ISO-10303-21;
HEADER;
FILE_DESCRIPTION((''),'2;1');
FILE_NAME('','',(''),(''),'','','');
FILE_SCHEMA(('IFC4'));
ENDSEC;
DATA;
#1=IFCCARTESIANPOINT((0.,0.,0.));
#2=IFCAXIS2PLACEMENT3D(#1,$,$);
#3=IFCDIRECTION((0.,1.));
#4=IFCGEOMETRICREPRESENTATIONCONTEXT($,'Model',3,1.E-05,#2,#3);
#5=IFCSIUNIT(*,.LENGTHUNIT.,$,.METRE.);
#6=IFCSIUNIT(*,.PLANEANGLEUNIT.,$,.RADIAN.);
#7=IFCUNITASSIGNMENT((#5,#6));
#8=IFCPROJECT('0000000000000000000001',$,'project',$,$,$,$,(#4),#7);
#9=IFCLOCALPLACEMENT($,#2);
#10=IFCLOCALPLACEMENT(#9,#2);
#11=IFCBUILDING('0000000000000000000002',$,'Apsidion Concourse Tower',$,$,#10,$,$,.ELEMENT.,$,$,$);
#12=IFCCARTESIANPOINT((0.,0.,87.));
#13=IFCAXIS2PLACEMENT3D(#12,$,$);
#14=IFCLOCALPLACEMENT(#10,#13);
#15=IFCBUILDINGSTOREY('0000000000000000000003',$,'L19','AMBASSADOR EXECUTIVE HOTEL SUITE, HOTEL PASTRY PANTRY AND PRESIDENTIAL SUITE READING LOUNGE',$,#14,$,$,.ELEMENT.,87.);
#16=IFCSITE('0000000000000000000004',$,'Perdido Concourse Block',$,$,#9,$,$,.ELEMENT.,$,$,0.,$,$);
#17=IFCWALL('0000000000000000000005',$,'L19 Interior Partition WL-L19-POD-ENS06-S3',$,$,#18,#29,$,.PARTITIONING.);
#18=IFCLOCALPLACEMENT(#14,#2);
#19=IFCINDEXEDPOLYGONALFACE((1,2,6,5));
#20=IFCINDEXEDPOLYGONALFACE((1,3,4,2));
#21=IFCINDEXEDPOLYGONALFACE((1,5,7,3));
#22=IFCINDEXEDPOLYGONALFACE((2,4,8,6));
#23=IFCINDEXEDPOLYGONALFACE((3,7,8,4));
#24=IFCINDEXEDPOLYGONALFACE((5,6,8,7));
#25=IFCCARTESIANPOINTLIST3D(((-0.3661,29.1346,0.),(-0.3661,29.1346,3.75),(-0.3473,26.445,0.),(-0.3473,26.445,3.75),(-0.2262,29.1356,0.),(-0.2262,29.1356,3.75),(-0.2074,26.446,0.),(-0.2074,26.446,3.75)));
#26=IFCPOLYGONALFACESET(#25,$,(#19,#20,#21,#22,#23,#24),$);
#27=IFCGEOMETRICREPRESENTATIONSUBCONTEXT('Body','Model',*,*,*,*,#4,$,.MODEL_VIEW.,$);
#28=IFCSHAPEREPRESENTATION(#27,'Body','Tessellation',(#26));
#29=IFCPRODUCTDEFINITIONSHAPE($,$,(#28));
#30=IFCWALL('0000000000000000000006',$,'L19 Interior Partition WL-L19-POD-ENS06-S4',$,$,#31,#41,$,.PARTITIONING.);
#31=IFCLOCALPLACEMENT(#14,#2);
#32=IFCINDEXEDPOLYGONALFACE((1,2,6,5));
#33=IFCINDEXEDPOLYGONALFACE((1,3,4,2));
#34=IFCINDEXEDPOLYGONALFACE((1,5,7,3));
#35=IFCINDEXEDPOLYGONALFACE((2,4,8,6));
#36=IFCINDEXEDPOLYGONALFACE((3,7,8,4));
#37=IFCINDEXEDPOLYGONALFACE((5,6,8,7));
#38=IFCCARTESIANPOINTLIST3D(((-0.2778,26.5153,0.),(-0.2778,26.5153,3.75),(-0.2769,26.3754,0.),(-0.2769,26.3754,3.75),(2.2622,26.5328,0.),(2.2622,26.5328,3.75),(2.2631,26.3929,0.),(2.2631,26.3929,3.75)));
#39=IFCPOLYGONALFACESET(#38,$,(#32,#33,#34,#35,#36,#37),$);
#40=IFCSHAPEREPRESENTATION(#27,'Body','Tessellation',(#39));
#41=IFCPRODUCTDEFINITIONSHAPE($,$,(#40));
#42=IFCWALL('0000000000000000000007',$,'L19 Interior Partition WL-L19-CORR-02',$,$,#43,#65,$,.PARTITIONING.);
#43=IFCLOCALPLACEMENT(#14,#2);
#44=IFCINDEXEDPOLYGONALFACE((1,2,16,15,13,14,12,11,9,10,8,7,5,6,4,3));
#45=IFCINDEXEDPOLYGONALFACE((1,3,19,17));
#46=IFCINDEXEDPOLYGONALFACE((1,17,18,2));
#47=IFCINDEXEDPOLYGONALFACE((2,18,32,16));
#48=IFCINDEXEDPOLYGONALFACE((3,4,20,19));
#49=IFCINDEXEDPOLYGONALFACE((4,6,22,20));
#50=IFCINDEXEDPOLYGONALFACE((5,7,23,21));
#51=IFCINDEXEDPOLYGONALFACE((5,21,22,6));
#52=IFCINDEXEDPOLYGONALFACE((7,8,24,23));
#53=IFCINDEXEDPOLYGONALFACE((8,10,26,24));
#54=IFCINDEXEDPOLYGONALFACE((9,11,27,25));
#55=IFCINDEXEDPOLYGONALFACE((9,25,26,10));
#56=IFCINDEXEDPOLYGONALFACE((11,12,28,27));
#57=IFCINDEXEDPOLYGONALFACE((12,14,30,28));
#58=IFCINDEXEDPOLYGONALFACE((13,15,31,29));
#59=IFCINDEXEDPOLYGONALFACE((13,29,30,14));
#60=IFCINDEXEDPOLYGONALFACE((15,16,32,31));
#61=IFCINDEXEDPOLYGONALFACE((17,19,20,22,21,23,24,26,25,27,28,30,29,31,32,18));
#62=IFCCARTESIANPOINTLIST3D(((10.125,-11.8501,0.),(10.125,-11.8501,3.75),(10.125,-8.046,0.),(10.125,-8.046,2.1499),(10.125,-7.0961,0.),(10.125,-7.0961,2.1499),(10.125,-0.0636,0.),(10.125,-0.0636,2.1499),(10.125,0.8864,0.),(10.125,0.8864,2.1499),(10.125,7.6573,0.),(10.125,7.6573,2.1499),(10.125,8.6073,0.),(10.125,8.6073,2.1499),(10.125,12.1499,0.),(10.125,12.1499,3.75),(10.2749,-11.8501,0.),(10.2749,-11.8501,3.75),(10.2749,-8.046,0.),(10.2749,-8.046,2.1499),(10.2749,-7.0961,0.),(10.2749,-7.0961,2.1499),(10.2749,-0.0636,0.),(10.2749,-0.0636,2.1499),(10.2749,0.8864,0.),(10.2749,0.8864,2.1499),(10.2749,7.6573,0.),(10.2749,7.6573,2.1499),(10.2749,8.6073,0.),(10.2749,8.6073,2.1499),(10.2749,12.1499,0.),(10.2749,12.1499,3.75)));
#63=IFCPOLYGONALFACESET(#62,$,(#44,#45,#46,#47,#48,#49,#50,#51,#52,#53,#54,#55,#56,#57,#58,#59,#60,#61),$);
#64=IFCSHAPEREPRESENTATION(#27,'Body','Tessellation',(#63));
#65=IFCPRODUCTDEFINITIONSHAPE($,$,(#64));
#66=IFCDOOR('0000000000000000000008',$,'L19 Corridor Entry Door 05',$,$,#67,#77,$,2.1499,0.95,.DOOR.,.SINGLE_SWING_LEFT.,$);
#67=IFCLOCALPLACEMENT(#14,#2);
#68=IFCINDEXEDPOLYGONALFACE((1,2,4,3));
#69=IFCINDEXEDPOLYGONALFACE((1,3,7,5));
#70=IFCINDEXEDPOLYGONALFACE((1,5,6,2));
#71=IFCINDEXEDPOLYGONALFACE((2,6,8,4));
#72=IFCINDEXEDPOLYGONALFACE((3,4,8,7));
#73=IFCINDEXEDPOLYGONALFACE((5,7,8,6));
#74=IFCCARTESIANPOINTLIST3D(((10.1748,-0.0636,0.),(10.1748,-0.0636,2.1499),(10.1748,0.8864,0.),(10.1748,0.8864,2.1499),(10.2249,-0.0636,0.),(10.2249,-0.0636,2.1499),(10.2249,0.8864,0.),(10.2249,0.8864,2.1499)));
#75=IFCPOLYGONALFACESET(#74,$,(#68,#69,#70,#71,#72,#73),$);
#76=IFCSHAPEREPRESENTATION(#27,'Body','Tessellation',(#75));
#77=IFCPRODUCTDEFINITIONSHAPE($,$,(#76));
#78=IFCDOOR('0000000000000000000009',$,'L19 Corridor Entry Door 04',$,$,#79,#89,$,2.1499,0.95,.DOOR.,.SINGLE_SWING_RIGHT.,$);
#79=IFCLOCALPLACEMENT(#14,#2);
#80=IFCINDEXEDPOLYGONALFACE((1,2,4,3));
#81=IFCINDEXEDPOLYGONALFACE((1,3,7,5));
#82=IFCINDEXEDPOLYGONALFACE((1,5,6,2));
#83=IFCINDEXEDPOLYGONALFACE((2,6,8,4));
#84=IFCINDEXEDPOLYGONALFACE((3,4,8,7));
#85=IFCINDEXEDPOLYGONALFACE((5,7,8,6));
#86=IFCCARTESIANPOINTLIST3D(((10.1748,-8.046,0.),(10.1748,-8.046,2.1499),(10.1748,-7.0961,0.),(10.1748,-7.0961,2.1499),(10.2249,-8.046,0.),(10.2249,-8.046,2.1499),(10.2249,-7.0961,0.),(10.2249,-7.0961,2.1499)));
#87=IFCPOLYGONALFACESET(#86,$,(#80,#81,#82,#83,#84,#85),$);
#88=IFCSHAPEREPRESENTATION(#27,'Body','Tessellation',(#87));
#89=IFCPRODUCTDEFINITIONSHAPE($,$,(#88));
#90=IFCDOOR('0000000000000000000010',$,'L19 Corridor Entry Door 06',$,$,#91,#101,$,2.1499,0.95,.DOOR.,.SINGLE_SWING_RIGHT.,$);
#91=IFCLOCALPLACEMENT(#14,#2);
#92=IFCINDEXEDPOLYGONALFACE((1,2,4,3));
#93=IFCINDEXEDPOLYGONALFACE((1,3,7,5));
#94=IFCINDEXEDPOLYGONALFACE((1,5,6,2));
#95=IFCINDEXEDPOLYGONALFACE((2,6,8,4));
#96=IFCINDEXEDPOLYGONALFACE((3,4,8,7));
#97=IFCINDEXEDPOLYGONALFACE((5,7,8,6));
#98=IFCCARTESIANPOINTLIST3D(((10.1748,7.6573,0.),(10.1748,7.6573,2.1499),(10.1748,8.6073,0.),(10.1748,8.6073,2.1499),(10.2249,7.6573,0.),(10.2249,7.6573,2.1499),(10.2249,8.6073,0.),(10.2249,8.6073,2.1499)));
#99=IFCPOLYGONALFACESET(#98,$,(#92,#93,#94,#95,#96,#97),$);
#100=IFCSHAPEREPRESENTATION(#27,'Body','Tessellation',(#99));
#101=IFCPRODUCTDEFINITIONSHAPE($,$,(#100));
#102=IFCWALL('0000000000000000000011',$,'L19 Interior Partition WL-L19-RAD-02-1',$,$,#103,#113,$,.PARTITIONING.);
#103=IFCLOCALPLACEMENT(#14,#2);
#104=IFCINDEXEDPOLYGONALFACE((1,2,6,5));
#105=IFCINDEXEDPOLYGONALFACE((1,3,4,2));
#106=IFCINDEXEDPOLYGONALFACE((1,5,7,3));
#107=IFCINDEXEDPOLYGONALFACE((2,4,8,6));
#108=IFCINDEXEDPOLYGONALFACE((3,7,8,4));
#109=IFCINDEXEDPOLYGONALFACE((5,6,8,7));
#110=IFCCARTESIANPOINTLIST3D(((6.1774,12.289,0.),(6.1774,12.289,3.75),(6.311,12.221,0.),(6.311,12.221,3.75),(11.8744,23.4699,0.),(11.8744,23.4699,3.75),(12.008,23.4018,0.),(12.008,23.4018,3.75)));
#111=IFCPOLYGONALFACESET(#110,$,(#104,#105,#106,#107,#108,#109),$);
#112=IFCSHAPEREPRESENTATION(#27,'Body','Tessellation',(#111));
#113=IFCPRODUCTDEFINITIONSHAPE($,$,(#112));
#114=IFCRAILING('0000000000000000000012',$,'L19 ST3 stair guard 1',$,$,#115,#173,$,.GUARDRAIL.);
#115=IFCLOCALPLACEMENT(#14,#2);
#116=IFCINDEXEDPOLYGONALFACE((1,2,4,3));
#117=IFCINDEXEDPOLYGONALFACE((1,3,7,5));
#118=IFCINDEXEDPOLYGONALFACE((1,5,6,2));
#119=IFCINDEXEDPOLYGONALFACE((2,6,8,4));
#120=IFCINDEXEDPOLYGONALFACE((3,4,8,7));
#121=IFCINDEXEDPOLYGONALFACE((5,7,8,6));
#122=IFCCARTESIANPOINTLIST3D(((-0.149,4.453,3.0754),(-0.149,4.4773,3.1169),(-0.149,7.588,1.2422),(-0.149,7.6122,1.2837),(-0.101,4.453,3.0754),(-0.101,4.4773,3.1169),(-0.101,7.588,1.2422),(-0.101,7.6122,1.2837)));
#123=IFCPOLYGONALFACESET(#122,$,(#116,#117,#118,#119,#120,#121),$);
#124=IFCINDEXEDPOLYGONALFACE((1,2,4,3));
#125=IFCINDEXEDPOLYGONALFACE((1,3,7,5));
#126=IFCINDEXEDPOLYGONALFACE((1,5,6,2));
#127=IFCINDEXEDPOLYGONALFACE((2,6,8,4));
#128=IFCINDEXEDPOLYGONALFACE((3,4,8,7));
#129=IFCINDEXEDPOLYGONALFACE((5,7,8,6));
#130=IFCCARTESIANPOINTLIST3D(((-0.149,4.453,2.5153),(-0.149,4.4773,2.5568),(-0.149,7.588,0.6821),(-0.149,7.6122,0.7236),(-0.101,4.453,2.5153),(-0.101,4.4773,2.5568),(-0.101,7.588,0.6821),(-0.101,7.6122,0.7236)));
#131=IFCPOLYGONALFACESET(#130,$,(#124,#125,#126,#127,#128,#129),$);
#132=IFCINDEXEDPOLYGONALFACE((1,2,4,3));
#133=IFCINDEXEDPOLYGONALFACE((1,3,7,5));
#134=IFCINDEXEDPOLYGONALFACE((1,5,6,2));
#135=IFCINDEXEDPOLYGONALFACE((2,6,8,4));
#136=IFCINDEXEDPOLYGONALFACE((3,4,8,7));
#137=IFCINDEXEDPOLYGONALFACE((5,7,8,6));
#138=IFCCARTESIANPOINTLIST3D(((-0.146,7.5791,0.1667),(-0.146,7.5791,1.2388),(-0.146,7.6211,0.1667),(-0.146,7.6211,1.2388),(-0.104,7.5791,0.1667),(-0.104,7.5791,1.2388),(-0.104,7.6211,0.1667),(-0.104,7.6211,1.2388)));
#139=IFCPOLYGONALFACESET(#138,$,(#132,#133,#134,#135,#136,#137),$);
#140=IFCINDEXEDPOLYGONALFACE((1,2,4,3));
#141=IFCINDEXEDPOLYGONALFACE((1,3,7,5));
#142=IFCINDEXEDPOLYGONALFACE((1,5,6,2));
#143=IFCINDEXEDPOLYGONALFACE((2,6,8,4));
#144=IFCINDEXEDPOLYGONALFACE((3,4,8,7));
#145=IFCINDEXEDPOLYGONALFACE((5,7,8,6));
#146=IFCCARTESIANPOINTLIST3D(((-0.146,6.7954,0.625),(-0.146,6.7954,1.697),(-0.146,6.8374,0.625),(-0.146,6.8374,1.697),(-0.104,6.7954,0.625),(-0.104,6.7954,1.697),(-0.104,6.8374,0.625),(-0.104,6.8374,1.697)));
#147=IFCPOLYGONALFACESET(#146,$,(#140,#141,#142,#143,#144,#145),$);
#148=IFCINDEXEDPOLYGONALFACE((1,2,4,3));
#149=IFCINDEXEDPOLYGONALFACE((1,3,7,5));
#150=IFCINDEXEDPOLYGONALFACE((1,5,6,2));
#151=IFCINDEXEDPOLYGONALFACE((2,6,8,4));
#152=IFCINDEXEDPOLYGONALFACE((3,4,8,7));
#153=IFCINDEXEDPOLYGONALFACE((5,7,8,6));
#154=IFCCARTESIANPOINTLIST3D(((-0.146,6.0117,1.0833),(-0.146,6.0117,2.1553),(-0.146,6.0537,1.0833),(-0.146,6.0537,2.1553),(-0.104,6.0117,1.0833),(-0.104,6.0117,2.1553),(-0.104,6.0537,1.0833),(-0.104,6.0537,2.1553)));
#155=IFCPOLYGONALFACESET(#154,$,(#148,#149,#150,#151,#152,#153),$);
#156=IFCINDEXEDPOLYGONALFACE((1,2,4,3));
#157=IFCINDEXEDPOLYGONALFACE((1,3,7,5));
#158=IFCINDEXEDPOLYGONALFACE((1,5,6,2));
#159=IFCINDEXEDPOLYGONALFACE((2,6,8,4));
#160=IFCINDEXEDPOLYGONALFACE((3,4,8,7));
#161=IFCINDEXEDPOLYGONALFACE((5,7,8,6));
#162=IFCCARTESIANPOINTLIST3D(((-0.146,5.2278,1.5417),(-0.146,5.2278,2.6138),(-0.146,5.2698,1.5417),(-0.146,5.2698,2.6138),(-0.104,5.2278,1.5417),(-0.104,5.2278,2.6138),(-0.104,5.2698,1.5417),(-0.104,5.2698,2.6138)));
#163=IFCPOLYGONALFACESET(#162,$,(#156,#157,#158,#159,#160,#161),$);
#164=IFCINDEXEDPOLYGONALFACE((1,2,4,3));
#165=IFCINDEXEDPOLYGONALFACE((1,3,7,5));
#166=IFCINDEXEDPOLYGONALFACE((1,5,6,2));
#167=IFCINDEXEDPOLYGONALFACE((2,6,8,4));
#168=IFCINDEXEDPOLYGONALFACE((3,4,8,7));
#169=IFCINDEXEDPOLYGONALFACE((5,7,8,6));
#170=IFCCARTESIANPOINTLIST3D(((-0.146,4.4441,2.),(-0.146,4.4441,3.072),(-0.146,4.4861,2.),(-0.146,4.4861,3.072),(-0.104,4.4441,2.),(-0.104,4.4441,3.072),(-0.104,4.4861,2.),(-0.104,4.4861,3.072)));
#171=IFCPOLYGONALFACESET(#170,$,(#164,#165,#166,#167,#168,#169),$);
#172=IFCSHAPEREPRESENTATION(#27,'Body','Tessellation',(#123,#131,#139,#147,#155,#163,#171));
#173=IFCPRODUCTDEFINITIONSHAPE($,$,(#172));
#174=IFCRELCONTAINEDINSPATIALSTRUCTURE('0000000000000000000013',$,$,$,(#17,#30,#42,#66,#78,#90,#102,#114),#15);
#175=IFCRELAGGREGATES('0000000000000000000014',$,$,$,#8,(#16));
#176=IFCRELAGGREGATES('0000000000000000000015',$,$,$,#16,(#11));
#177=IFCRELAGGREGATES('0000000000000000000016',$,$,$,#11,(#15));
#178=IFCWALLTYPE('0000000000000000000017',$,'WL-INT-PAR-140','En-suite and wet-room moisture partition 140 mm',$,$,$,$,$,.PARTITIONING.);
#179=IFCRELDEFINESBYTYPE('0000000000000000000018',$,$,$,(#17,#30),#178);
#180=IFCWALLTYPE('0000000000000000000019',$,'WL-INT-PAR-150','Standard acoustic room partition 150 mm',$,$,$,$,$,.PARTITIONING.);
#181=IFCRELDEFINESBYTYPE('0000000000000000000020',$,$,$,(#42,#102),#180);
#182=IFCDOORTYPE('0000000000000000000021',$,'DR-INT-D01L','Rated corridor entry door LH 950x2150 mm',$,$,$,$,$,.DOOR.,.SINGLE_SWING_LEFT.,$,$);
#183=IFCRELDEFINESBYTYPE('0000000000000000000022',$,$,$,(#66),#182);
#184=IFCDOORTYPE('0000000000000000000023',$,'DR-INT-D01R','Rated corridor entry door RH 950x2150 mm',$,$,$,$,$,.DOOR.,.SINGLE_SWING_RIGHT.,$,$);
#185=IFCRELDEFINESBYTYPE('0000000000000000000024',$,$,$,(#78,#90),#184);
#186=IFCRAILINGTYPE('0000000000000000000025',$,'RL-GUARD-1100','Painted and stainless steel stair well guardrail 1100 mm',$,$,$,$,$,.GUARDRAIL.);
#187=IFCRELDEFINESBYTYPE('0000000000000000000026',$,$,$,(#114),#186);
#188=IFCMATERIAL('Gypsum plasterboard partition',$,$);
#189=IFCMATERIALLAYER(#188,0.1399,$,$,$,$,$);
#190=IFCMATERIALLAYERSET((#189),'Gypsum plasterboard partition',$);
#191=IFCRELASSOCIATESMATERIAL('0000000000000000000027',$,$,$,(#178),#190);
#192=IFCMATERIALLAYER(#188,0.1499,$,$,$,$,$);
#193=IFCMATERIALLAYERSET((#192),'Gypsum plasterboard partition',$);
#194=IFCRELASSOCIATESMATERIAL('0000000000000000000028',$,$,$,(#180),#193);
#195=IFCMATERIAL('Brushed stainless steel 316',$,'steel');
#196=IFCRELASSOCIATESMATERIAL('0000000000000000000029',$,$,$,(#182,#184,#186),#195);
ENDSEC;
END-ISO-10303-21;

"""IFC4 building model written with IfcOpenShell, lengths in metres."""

from ifc_helpers import new_model, si_unit, direction, frame, frame_2d, origin, origin_2d, place, context, subcontext, project, spatial, rectangle, extrude, material, layer, layer_set, type_object, element, fill, save


model = new_model("IFC4")

# Units and contexts
model_context = context("Model", 3, precision=1e-05, world=origin(), true_north=direction((0.0, 1.0)))
body_context = subcontext(model_context, "Body", "Model", "MODEL_VIEW")
ifc_project = project(units=[si_unit("LENGTHUNIT", "METRE"), si_unit("PLANEANGLEUNIT", "RADIAN")], contexts=[model_context])

# Site, building, storey
site_placement = place(None, origin())
site = spatial("IfcSite", under=ifc_project, at=site_placement, Name="Perdido Concourse Block", CompositionType="ELEMENT", RefElevation=0.0)
building_placement = place(site_placement, origin())
building = spatial("IfcBuilding", under=site, at=building_placement, Name="Apsidion Concourse Tower", CompositionType="ELEMENT")
storey_placement = place(building_placement, frame((0.0, 0.0, 87.0)))
storey = spatial("IfcBuildingStorey", under=building, at=storey_placement, Name="L19", Description="AMBASSADOR EXECUTIVE HOTEL SUITE, HOTEL PASTRY PANTRY AND PRESIDENTIAL SUITE READING LOUNGE", CompositionType="ELEMENT", Elevation=87.0)

# Shared definitions
ifc_material_1 = material(Name="Gypsum plasterboard partition")
ifc_layer_1 = layer(ifc_material_1, 0.1399)
ifc_layer_set_1 = layer_set([ifc_layer_1], Name="Gypsum plasterboard partition")
wall_type_1 = type_object("IfcWallType", Name="WL-INT-PAR-140", Description="En-suite and wet-room moisture partition 140 mm", PredefinedType="PARTITIONING", material=ifc_layer_set_1)

# Walls
wall_1_placement = place(storey_placement, frame((-0.2961, 29.135, 0.0), z_axis=(0.0, 0.0, 1.0), x_axis=(0.006989, -0.999976, 0.0)))
element("IfcWall", 1, at=wall_1_placement, inside=storey, type_object=wall_type_1, Name="L19 Interior Partition WL-L19-POD-ENS06-S3", PredefinedType="PARTITIONING", context=body_context, shape_type="SweptSolid", body=[
    extrude(rectangle(XDim=2.6897, YDim=0.1399, at=frame_2d((1.3447, 0.0))), origin(), (0.0, 0.0, 1.0), 3.75),
])
wall_2_placement = place(storey_placement, frame((-0.2773, 26.4453, 0.0), z_axis=(0.0, 0.0, 1.0), x_axis=(0.999976, 0.00692, 0.0)))
element("IfcWall", 2, at=wall_2_placement, inside=storey, type_object=wall_type_1, Name="L19 Interior Partition WL-L19-POD-ENS06-S4", PredefinedType="PARTITIONING", context=body_context, shape_type="SweptSolid", body=[
    extrude(rectangle(XDim=2.54, YDim=0.1399, at=frame_2d((1.27, 0.0))), origin(), (0.0, 0.0, 1.0), 3.75),
])

# Wall, openings, doors
ifc_layer_2 = layer(ifc_material_1, 0.1499)
ifc_layer_set_2 = layer_set([ifc_layer_2], Name="Gypsum plasterboard partition")
wall_type_2 = type_object("IfcWallType", Name="WL-INT-PAR-150", Description="Standard acoustic room partition 150 mm", PredefinedType="PARTITIONING", material=ifc_layer_set_2)
wall_3_placement = place(storey_placement, frame((10.2, 12.1499, 0.0), z_axis=(0.0, 0.0, 1.0), x_axis=(0.0, -1.0, 0.0)))
wall_3 = element("IfcWall", 3, at=wall_3_placement, inside=storey, type_object=wall_type_2, Name="L19 Interior Partition WL-L19-CORR-02", PredefinedType="PARTITIONING", context=body_context, shape_type="SweptSolid", body=[
    extrude(rectangle(XDim=24.0, YDim=0.1499, at=frame_2d((12.0, 0.0))), origin(), (0.0, 0.0, 1.0), 3.75),
])
opening_1_placement = place(wall_3_placement, frame((19.2458, 0.0, 0.0)))
opening_1 = element("IfcOpeningElement", 4, at=opening_1_placement, cuts=wall_3, PredefinedType="OPENING", context=body_context, shape_type="SweptSolid", body=[
    extrude(rectangle(XDim=0.95, YDim=2.1499, at=frame_2d((0.4751, 1.075))), frame((0.0, 0.085, 0.0), z_axis=(0.0, -1.0, 0.0), x_axis=(1.0, 0.0, 0.0)), (0.0, 0.0, 1.0), 0.1699),
])
opening_2_placement = place(wall_3_placement, frame((11.2634, 0.0, 0.0)))
opening_2 = element("IfcOpeningElement", 5, at=opening_2_placement, cuts=wall_3, PredefinedType="OPENING", context=body_context, shape_type="SweptSolid", body=[
    extrude(rectangle(XDim=0.95, YDim=2.1499, at=frame_2d((0.4751, 1.075))), frame((0.0, 0.085, 0.0), z_axis=(0.0, -1.0, 0.0), x_axis=(1.0, 0.0, 0.0)), (0.0, 0.0, 1.0), 0.1699),
])
opening_3_placement = place(wall_3_placement, frame((3.5425, 0.0, 0.0)))
opening_3 = element("IfcOpeningElement", 6, at=opening_3_placement, cuts=wall_3, PredefinedType="OPENING", context=body_context, shape_type="SweptSolid", body=[
    extrude(rectangle(XDim=0.95, YDim=2.1499, at=frame_2d((0.4751, 1.075))), frame((0.0, 0.085, 0.0), z_axis=(0.0, -1.0, 0.0), x_axis=(1.0, 0.0, 0.0)), (0.0, 0.0, 1.0), 0.1699),
])
ifc_material_2 = material(Name="Brushed stainless steel 316", Category="steel")
door_type_1 = type_object("IfcDoorType", Name="DR-INT-D01L", Description="Rated corridor entry door LH 950x2150 mm", OperationType="SINGLE_SWING_LEFT", PredefinedType="DOOR", material=ifc_material_2)
door_1_placement = place(opening_2_placement, origin())
door_1 = element("IfcDoor", 7, at=door_1_placement, inside=storey, type_object=door_type_1, Name="L19 Corridor Entry Door 05", OperationType="SINGLE_SWING_LEFT", OverallHeight=2.1499, OverallWidth=0.95, PredefinedType="DOOR", context=body_context, shape_type="SweptSolid", body=[
    extrude(rectangle(XDim=0.95, YDim=2.1499, at=frame_2d((0.4751, 1.075))), frame((0.0, 0.0249, 0.0), z_axis=(0.0, -1.0, 0.0), x_axis=(1.0, 0.0, 0.0)), (0.0, 0.0, 1.0), 0.05),
])
fill(opening_2, door_1)
door_type_2 = type_object("IfcDoorType", Name="DR-INT-D01R", Description="Rated corridor entry door RH 950x2150 mm", OperationType="SINGLE_SWING_RIGHT", PredefinedType="DOOR", material=ifc_material_2)
door_2_placement = place(opening_1_placement, origin())
door_2 = element("IfcDoor", 8, at=door_2_placement, inside=storey, type_object=door_type_2, Name="L19 Corridor Entry Door 04", OperationType="SINGLE_SWING_RIGHT", OverallHeight=2.1499, OverallWidth=0.95, PredefinedType="DOOR", context=body_context, shape_type="SweptSolid", body=[
    extrude(rectangle(XDim=0.95, YDim=2.1499, at=frame_2d((0.4751, 1.075))), frame((0.0, 0.0249, 0.0), z_axis=(0.0, -1.0, 0.0), x_axis=(1.0, 0.0, 0.0)), (0.0, 0.0, 1.0), 0.05),
])
fill(opening_1, door_2)
door_3_placement = place(opening_3_placement, origin())
door_3 = element("IfcDoor", 9, at=door_3_placement, inside=storey, type_object=door_type_2, Name="L19 Corridor Entry Door 06", OperationType="SINGLE_SWING_RIGHT", OverallHeight=2.1499, OverallWidth=0.95, PredefinedType="DOOR", context=body_context, shape_type="SweptSolid", body=[
    extrude(rectangle(XDim=0.95, YDim=2.1499, at=frame_2d((0.4751, 1.075))), frame((0.0, 0.0249, 0.0), z_axis=(0.0, -1.0, 0.0), x_axis=(1.0, 0.0, 0.0)), (0.0, 0.0, 1.0), 0.05),
])
fill(opening_3, door_3)

# Wall
wall_4_placement = place(storey_placement, frame((6.2441, 12.2549, 0.0), z_axis=(0.0, 0.0, 1.0), x_axis=(0.453995, 0.891004, 0.0)))
element("IfcWall", 10, at=wall_4_placement, inside=storey, type_object=wall_type_2, Name="L19 Interior Partition WL-L19-RAD-02-1", PredefinedType="PARTITIONING", context=body_context, shape_type="SweptSolid", body=[
    extrude(rectangle(XDim=12.5486, YDim=0.1499, at=frame_2d((6.2744, 0.0))), origin(), (0.0, 0.0, 1.0), 3.75),
])

# Railing
railing_type_1 = type_object("IfcRailingType", Name="RL-GUARD-1100", Description="Painted and stainless steel stair well guardrail 1100 mm", PredefinedType="GUARDRAIL", material=ifc_material_2)
railing_1_placement = place(storey_placement, frame((-0.125, 7.6001, 0.1667)))
element("IfcRailing", 11, at=railing_1_placement, inside=storey, type_object=railing_type_1, Name="L19 ST3 stair guard 1", PredefinedType="GUARDRAIL", context=body_context, shape_type="SweptSolid", body=[
    extrude(rectangle(XDim=0.0481, YDim=0.0481, at=origin_2d()), frame((0.0, 0.0, 1.0962), z_axis=(0.0, -0.86324, 0.504794), x_axis=(1.0, 0.0, 0.0)), (0.0, 0.0, 1.0), 3.6316),
    extrude(rectangle(XDim=0.0481, YDim=0.0481, at=origin_2d()), frame((0.0, 0.0, 0.5361), z_axis=(0.0, -0.86324, 0.504794), x_axis=(1.0, 0.0, 0.0)), (0.0, 0.0, 1.0), 3.6316),
    extrude(rectangle(XDim=0.042, YDim=0.042, at=origin_2d()), origin(), (0.0, 0.0, 1.0), 1.072),
    extrude(rectangle(XDim=0.042, YDim=0.042, at=origin_2d()), frame((0.0, -0.7837, 0.4583)), (0.0, 0.0, 1.0), 1.072),
    extrude(rectangle(XDim=0.042, YDim=0.042, at=origin_2d()), frame((0.0, -1.5674, 0.9165)), (0.0, 0.0, 1.0), 1.072),
    extrude(rectangle(XDim=0.042, YDim=0.042, at=origin_2d()), frame((0.0, -2.3513, 1.375)), (0.0, 0.0, 1.0), 1.072),
    extrude(rectangle(XDim=0.042, YDim=0.042, at=origin_2d()), frame((0.0, -3.135, 1.8333)), (0.0, 0.0, 1.0), 1.072),
])

save(model, "model.ifc")
